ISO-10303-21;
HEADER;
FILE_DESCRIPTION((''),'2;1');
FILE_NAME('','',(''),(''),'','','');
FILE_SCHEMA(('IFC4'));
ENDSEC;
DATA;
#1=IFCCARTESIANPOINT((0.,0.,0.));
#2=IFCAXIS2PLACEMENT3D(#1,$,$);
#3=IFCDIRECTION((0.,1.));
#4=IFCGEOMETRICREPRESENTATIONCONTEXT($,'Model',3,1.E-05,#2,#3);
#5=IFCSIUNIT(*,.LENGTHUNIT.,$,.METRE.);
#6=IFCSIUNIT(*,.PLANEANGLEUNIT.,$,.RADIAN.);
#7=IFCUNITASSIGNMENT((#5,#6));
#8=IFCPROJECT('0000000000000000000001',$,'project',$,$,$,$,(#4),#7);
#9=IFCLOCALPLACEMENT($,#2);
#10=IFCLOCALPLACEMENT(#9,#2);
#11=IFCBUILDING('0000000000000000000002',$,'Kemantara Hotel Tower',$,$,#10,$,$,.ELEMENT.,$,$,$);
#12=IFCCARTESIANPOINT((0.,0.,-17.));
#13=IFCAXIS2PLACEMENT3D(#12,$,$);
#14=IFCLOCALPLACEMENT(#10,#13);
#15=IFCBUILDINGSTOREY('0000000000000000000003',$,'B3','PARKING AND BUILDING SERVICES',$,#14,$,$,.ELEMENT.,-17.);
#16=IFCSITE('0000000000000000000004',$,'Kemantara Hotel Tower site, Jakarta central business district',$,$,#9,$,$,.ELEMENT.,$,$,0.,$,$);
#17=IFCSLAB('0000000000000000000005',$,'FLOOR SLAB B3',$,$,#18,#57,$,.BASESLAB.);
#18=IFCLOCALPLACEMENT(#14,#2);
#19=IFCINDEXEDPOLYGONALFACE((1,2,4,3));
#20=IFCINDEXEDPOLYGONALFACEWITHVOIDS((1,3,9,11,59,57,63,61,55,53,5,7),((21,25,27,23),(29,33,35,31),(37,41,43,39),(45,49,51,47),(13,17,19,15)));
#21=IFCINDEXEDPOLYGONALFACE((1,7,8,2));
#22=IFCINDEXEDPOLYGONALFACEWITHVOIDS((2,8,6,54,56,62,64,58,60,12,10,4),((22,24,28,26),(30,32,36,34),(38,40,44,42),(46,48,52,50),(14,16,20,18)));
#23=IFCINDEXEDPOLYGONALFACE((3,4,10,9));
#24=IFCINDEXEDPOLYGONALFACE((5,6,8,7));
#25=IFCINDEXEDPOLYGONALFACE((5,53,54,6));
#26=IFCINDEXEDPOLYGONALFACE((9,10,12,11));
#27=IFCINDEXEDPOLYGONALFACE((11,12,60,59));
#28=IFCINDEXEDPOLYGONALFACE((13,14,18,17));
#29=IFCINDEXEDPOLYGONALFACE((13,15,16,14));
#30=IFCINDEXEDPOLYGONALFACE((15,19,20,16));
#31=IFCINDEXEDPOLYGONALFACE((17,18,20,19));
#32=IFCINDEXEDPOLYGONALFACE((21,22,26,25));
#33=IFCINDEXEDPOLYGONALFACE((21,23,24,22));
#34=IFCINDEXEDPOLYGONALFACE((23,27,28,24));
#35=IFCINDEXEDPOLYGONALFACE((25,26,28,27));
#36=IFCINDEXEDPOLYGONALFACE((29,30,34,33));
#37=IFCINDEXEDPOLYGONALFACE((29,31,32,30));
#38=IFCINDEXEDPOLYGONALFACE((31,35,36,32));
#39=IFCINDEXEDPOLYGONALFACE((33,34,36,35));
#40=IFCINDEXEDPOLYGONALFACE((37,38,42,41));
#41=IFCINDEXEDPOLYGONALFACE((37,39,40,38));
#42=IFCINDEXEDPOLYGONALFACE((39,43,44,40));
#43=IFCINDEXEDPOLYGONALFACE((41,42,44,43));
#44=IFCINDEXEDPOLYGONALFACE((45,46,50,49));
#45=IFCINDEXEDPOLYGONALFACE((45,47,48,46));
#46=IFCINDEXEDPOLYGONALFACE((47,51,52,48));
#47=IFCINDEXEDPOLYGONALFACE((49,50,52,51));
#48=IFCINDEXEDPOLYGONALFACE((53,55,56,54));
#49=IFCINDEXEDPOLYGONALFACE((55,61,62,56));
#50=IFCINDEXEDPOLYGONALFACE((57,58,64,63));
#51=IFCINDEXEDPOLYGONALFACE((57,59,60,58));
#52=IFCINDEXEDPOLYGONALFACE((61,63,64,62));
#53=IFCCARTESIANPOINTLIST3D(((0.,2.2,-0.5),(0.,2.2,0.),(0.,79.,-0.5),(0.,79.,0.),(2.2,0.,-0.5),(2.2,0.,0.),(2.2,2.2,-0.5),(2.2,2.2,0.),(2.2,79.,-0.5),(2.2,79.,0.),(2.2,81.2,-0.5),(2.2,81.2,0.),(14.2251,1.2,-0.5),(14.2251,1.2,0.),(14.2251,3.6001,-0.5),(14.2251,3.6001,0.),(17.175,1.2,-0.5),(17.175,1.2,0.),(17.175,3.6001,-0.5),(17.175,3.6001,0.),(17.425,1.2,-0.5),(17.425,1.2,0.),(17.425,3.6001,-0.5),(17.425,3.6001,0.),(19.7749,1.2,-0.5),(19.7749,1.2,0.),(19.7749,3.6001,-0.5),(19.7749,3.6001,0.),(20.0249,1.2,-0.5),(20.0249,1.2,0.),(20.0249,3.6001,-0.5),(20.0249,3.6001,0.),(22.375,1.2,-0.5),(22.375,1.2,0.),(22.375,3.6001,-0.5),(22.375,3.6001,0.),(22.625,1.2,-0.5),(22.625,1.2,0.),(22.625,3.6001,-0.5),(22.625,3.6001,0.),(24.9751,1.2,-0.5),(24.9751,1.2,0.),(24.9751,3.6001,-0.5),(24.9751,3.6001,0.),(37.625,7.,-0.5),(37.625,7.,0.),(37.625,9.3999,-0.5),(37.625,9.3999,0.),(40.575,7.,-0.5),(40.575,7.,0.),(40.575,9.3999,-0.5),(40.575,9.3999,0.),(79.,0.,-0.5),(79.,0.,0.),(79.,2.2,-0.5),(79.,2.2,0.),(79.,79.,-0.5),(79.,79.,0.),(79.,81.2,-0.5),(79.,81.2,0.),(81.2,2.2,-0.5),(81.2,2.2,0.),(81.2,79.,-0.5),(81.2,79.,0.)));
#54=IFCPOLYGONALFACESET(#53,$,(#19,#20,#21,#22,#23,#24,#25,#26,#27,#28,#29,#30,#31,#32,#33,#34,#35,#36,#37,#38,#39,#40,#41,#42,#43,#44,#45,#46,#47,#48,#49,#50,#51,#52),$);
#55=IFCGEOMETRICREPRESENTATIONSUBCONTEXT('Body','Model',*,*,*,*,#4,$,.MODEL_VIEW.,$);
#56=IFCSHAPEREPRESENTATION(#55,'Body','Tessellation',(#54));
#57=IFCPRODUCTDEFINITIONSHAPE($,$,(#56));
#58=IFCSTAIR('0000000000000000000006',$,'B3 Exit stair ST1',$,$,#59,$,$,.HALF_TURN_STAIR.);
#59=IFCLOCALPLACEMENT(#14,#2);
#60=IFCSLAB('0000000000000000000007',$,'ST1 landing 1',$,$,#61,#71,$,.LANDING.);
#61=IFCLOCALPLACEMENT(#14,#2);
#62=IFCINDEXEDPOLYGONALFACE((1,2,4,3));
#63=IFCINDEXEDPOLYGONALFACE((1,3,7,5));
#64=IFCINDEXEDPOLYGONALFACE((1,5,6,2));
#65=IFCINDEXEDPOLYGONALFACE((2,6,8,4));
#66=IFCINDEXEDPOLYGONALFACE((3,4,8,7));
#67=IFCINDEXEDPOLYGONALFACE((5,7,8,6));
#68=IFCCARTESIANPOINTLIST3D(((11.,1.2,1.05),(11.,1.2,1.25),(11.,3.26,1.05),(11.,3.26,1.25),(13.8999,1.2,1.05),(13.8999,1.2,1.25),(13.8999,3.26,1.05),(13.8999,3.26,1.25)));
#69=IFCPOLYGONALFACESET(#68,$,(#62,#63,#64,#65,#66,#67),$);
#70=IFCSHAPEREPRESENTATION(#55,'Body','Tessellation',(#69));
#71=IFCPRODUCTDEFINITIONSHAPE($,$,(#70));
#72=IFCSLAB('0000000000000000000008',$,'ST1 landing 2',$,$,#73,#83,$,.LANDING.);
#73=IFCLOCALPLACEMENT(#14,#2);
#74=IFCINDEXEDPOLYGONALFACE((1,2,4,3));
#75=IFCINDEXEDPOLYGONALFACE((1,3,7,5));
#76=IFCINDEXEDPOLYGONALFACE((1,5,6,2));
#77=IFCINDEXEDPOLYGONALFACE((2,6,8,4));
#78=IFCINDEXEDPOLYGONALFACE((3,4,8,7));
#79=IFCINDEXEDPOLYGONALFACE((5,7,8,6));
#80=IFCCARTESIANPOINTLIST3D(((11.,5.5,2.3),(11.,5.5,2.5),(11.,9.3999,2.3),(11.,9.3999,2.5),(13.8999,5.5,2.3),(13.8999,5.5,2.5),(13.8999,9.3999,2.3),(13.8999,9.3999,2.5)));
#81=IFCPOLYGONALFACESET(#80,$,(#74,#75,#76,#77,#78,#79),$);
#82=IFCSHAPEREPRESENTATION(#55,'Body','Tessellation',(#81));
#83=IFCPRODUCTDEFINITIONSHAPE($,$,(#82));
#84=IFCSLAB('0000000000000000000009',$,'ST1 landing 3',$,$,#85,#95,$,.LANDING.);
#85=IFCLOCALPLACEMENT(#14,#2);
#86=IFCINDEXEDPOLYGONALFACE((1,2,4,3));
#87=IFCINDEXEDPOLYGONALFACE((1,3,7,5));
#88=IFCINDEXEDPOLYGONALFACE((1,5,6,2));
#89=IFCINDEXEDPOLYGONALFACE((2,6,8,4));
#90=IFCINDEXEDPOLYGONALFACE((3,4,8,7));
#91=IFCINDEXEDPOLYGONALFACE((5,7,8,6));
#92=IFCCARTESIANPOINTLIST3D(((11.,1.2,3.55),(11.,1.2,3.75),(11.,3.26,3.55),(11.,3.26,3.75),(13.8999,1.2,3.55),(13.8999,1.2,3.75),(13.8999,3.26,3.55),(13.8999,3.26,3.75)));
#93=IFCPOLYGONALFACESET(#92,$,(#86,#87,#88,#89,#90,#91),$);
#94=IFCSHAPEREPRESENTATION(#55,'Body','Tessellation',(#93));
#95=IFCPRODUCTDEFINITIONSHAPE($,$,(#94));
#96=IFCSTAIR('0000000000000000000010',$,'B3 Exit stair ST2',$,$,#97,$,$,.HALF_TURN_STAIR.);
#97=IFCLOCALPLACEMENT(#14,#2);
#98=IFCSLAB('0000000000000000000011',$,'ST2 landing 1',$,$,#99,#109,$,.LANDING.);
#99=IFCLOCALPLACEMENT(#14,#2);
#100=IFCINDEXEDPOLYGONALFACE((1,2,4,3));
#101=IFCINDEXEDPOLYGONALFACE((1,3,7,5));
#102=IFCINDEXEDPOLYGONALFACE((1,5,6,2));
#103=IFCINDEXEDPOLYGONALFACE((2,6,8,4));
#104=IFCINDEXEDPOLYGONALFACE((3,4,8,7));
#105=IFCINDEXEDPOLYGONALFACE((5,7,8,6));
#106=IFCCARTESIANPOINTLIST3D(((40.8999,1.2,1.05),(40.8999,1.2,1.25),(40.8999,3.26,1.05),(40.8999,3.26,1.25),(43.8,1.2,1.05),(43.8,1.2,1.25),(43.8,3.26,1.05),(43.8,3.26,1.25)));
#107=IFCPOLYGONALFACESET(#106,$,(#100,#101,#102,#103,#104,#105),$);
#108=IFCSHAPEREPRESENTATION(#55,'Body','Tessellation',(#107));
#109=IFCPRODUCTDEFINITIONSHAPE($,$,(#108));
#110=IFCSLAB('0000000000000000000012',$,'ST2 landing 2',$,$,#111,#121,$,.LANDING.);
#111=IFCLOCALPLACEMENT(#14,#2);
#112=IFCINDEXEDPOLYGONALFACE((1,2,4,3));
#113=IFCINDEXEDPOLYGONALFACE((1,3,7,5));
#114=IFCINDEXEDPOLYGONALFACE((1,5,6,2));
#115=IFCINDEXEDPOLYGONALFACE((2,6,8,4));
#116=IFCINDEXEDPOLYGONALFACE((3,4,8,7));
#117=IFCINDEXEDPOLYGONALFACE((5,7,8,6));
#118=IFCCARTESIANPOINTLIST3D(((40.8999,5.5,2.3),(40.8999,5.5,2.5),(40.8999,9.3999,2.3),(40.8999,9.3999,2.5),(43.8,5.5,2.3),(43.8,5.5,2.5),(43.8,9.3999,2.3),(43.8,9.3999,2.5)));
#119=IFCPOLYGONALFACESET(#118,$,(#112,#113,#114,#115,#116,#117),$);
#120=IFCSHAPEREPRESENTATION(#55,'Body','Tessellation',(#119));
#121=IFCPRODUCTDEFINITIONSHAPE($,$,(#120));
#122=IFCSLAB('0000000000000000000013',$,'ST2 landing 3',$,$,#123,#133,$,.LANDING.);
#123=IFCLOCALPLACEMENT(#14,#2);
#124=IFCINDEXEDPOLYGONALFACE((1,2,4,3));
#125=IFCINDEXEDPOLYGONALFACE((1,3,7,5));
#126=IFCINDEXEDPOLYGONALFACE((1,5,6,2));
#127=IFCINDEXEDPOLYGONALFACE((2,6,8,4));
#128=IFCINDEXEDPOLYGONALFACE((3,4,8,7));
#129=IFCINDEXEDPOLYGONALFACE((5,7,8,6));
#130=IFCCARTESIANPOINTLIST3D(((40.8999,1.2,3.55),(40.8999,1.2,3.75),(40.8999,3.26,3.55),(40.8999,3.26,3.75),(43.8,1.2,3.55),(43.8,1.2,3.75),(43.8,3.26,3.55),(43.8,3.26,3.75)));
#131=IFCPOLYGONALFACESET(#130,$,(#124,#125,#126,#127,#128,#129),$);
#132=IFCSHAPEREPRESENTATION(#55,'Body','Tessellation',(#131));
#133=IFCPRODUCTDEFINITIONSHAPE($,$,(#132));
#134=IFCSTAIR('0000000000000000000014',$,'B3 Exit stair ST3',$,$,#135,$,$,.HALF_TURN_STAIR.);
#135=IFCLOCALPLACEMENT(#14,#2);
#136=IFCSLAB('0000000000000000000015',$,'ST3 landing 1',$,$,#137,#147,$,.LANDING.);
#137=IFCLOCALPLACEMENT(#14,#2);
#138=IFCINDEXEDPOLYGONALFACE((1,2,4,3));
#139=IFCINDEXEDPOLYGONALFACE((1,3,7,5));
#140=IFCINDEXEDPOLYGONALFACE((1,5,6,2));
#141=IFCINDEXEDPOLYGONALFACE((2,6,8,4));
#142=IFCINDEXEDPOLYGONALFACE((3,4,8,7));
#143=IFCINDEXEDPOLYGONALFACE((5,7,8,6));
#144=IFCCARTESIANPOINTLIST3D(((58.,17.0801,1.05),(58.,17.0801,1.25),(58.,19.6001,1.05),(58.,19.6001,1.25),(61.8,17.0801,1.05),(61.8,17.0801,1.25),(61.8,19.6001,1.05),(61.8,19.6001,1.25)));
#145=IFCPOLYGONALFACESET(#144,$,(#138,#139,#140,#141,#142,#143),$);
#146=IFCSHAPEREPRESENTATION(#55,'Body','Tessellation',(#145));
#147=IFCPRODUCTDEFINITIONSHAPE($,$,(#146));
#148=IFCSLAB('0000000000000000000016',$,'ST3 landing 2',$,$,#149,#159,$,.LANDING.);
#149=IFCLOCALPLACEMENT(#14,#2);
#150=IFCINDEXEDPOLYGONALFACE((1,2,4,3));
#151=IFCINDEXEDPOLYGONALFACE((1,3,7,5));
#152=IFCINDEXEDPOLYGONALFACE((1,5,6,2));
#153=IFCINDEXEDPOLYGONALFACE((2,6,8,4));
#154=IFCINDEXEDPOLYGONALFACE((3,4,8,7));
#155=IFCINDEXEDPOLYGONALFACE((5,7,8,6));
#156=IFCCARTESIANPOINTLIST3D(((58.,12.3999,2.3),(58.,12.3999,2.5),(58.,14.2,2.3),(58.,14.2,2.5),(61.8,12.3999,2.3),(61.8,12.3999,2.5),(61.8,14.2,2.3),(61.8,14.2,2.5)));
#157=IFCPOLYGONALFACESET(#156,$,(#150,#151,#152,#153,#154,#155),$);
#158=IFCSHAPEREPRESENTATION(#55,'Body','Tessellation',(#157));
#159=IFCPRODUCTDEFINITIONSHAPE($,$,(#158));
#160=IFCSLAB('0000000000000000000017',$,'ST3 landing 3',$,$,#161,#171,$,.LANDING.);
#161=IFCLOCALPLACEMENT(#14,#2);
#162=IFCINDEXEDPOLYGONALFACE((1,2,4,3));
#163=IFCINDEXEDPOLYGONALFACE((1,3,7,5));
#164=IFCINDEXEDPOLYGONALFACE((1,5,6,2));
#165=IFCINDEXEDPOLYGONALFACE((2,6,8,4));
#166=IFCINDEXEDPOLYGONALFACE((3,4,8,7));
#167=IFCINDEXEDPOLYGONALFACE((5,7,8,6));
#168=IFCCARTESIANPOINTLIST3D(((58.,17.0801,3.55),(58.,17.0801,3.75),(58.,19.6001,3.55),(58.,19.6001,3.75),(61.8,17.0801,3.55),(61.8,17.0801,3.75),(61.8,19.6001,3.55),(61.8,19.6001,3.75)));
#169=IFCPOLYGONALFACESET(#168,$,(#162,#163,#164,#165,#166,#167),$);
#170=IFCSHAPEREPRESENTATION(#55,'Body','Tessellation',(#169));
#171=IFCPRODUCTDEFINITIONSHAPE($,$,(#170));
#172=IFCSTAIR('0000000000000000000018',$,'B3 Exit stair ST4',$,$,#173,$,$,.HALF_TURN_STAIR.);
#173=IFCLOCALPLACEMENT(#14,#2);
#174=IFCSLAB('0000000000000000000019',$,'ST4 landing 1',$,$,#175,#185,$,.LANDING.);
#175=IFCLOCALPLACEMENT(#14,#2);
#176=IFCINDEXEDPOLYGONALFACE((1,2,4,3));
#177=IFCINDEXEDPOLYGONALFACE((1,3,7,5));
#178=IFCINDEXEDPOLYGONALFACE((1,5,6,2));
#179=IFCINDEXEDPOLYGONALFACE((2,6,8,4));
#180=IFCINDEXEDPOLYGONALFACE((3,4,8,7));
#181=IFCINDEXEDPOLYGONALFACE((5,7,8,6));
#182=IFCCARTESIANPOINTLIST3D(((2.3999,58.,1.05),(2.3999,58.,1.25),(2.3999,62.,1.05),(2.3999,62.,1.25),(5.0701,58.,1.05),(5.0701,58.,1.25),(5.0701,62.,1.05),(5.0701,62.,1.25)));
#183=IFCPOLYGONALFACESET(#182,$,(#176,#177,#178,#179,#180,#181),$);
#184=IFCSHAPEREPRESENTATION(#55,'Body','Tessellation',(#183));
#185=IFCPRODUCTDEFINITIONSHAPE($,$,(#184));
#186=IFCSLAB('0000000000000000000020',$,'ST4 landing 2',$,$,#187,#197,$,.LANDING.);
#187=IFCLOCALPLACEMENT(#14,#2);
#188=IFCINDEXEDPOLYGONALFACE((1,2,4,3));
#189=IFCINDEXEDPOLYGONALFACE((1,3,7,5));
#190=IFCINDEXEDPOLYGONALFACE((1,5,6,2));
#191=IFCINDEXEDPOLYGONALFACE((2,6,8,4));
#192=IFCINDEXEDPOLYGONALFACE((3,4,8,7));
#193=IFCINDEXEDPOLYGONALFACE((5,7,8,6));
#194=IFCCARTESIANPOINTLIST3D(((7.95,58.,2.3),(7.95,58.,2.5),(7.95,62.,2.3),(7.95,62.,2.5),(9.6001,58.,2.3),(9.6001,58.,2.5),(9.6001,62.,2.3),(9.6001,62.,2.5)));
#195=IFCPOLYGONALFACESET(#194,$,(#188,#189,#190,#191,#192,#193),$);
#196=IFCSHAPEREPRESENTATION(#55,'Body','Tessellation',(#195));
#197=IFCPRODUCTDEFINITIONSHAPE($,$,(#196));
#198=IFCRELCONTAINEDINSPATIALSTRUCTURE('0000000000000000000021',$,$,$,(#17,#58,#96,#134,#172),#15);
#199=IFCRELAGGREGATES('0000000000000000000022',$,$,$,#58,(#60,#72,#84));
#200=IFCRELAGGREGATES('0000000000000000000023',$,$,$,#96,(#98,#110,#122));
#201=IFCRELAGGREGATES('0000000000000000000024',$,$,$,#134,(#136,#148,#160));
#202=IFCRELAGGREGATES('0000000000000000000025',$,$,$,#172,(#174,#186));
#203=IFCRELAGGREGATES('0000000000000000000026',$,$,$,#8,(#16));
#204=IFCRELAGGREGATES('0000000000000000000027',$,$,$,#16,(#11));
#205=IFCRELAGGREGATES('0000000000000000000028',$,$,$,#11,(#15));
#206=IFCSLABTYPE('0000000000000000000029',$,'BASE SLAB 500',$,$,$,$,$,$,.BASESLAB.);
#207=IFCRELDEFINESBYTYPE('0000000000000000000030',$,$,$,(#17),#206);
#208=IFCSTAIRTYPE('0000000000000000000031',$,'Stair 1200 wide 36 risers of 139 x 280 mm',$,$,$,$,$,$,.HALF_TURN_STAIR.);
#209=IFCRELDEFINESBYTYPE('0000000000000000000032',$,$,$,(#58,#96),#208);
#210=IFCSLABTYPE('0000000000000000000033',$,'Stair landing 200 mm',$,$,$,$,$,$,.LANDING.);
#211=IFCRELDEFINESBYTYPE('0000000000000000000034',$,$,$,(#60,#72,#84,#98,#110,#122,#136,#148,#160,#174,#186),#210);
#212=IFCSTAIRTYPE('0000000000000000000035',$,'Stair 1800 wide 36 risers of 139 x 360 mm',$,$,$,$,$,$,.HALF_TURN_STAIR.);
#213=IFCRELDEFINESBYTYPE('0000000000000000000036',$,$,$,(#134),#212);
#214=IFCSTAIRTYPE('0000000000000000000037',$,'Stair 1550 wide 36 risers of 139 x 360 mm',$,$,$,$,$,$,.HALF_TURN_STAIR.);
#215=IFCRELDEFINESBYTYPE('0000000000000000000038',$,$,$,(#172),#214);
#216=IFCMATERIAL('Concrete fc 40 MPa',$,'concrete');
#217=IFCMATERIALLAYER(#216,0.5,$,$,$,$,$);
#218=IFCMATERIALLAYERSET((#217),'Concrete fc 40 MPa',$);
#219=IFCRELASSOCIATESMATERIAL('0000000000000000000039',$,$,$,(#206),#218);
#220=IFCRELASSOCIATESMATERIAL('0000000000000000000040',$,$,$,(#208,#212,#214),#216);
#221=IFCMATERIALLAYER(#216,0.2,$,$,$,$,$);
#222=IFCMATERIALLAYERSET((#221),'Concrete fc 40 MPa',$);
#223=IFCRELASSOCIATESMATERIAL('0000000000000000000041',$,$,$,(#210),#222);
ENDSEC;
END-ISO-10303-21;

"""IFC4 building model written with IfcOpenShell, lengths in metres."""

from ifc_helpers import new_model, si_unit, direction, frame, origin, place, context, subcontext, project, spatial, polyline, outline, extrude, material, layer, layer_set, type_object, element, aggregate, save


model = new_model("IFC4")

# Units and contexts
model_context = context("Model", 3, precision=1e-05, world=origin(), true_north=direction((0.0, 1.0)))
body_context = subcontext(model_context, "Body", "Model", "MODEL_VIEW")
ifc_project = project(units=[si_unit("LENGTHUNIT", "METRE"), si_unit("PLANEANGLEUNIT", "RADIAN")], contexts=[model_context])

# Site, building, storey
site_placement = place(None, origin())
site = spatial("IfcSite", under=ifc_project, at=site_placement, Name="Kemantara Hotel Tower site, Jakarta central business district", CompositionType="ELEMENT", RefElevation=0.0)
building_placement = place(site_placement, origin())
building = spatial("IfcBuilding", under=site, at=building_placement, Name="Kemantara Hotel Tower", CompositionType="ELEMENT")
storey_placement = place(building_placement, frame((0.0, 0.0, -17.0)))
storey = spatial("IfcBuildingStorey", under=building, at=storey_placement, Name="B3", Description="PARKING AND BUILDING SERVICES", CompositionType="ELEMENT", Elevation=-17.0)

# Shared definitions
ifc_material_1 = material(Name="Concrete fc 40 MPa", Category="concrete")

# Slab
ifc_layer_1 = layer(ifc_material_1, 0.5)
ifc_layer_set_1 = layer_set([ifc_layer_1], Name="Concrete fc 40 MPa")
slab_type_1 = type_object("IfcSlabType", Name="BASE SLAB 500", PredefinedType="BASESLAB", material=ifc_layer_set_1)
slab_1_placement = place(storey_placement, frame((0.0, 0.0, -0.5)))
element("IfcSlab", 1, at=slab_1_placement, inside=storey, type_object=slab_type_1, Name="FLOOR SLAB B3", PredefinedType="BASESLAB", context=body_context, shape_type="SweptSolid", body=[
    extrude(outline(polyline([(81.2, 2.2), (81.2, 79.0), (79.0, 79.0), (79.0, 81.2), (2.2, 81.2), (2.2, 79.0), (0.0, 79.0), (0.0, 2.2), (2.2, 2.2), (2.2, 0.0), (79.0, 0.0), (79.0, 2.2), (81.2, 2.2)]), holes=[polyline([(14.2251, 3.6001), (17.175, 3.6001), (17.175, 1.2), (14.2251, 1.2), (14.2251, 3.6001)]), polyline([(17.425, 3.6001), (19.7749, 3.6001), (19.7749, 1.2), (17.425, 1.2), (17.425, 3.6001)]), polyline([(20.0249, 3.6001), (22.375, 3.6001), (22.375, 1.2), (20.0249, 1.2), (20.0249, 3.6001)]), polyline([(24.9751, 3.6001), (24.9751, 1.2), (22.625, 1.2), (22.625, 3.6001), (24.9751, 3.6001)]), polyline([(40.575, 9.3999), (40.575, 7.0), (37.625, 7.0), (37.625, 9.3999), (40.575, 9.3999)])]), origin(), (0.0, 0.0, 1.0), 0.5),
])

# Stairs, slabs
stair_type_1 = type_object("IfcStairType", Name="Stair 1200 wide 36 risers of 139 x 280 mm", PredefinedType="HALF_TURN_STAIR", material=ifc_material_1)
stair_1_placement = place(storey_placement, origin())
stair_1 = element("IfcStair", 2, at=stair_1_placement, inside=storey, type_object=stair_type_1, Name="B3 Exit stair ST1", PredefinedType="HALF_TURN_STAIR")
ifc_layer_2 = layer(ifc_material_1, 0.2)
ifc_layer_set_2 = layer_set([ifc_layer_2], Name="Concrete fc 40 MPa")
slab_type_2 = type_object("IfcSlabType", Name="Stair landing 200 mm", PredefinedType="LANDING", material=ifc_layer_set_2)
slab_2_placement = place(storey_placement, frame((0.0, 0.0, 1.05)))
slab_2 = element("IfcSlab", 3, at=slab_2_placement, type_object=slab_type_2, Name="ST1 landing 1", PredefinedType="LANDING", context=body_context, shape_type="SweptSolid", body=[
    extrude(outline(polyline([(11.0, 3.26), (11.0, 1.2), (13.8999, 1.2), (13.8999, 3.26), (11.0, 3.26)])), origin(), (0.0, 0.0, 1.0), 0.2),
])
slab_3_placement = place(storey_placement, frame((0.0, 0.0, 2.3)))
slab_3 = element("IfcSlab", 4, at=slab_3_placement, type_object=slab_type_2, Name="ST1 landing 2", PredefinedType="LANDING", context=body_context, shape_type="SweptSolid", body=[
    extrude(outline(polyline([(11.0, 9.3999), (11.0, 5.5), (13.8999, 5.5), (13.8999, 9.3999), (11.0, 9.3999)])), origin(), (0.0, 0.0, 1.0), 0.2),
])
slab_4_placement = place(storey_placement, frame((0.0, 0.0, 3.55)))
slab_4 = element("IfcSlab", 5, at=slab_4_placement, type_object=slab_type_2, Name="ST1 landing 3", PredefinedType="LANDING", context=body_context, shape_type="SweptSolid", body=[
    extrude(outline(polyline([(11.0, 3.26), (11.0, 1.2), (13.8999, 1.2), (13.8999, 3.26), (11.0, 3.26)])), origin(), (0.0, 0.0, 1.0), 0.2),
])
aggregate(stair_1, [slab_2, slab_3, slab_4])
stair_2_placement = place(storey_placement, origin())
stair_2 = element("IfcStair", 6, at=stair_2_placement, inside=storey, type_object=stair_type_1, Name="B3 Exit stair ST2", PredefinedType="HALF_TURN_STAIR")
slab_5_placement = place(storey_placement, frame((0.0, 0.0, 1.05)))
slab_5 = element("IfcSlab", 7, at=slab_5_placement, type_object=slab_type_2, Name="ST2 landing 1", PredefinedType="LANDING", context=body_context, shape_type="SweptSolid", body=[
    extrude(outline(polyline([(40.8999, 3.26), (40.8999, 1.2), (43.8, 1.2), (43.8, 3.26), (40.8999, 3.26)])), origin(), (0.0, 0.0, 1.0), 0.2),
])
slab_6_placement = place(storey_placement, frame((0.0, 0.0, 2.3)))
slab_6 = element("IfcSlab", 8, at=slab_6_placement, type_object=slab_type_2, Name="ST2 landing 2", PredefinedType="LANDING", context=body_context, shape_type="SweptSolid", body=[
    extrude(outline(polyline([(40.8999, 9.3999), (40.8999, 5.5), (43.8, 5.5), (43.8, 9.3999), (40.8999, 9.3999)])), origin(), (0.0, 0.0, 1.0), 0.2),
])
slab_7_placement = place(storey_placement, frame((0.0, 0.0, 3.55)))
slab_7 = element("IfcSlab", 9, at=slab_7_placement, type_object=slab_type_2, Name="ST2 landing 3", PredefinedType="LANDING", context=body_context, shape_type="SweptSolid", body=[
    extrude(outline(polyline([(40.8999, 3.26), (40.8999, 1.2), (43.8, 1.2), (43.8, 3.26), (40.8999, 3.26)])), origin(), (0.0, 0.0, 1.0), 0.2),
])
aggregate(stair_2, [slab_5, slab_6, slab_7])
stair_type_2 = type_object("IfcStairType", Name="Stair 1800 wide 36 risers of 139 x 360 mm", PredefinedType="HALF_TURN_STAIR", material=ifc_material_1)
stair_3_placement = place(storey_placement, origin())
stair_3 = element("IfcStair", 10, at=stair_3_placement, inside=storey, type_object=stair_type_2, Name="B3 Exit stair ST3", PredefinedType="HALF_TURN_STAIR")
slab_8_placement = place(storey_placement, frame((0.0, 0.0, 1.05)))
slab_8 = element("IfcSlab", 11, at=slab_8_placement, type_object=slab_type_2, Name="ST3 landing 1", PredefinedType="LANDING", context=body_context, shape_type="SweptSolid", body=[
    extrude(outline(polyline([(61.8, 17.0801), (61.8, 19.6001), (58.0, 19.6001), (58.0, 17.0801), (61.8, 17.0801)])), origin(), (0.0, 0.0, 1.0), 0.2),
])
slab_9_placement = place(storey_placement, frame((0.0, 0.0, 2.3)))
slab_9 = element("IfcSlab", 12, at=slab_9_placement, type_object=slab_type_2, Name="ST3 landing 2", PredefinedType="LANDING", context=body_context, shape_type="SweptSolid", body=[
    extrude(outline(polyline([(61.8, 12.3999), (61.8, 14.2), (58.0, 14.2), (58.0, 12.3999), (61.8, 12.3999)])), origin(), (0.0, 0.0, 1.0), 0.2),
])
slab_10_placement = place(storey_placement, frame((0.0, 0.0, 3.55)))
slab_10 = element("IfcSlab", 13, at=slab_10_placement, type_object=slab_type_2, Name="ST3 landing 3", PredefinedType="LANDING", context=body_context, shape_type="SweptSolid", body=[
    extrude(outline(polyline([(61.8, 17.0801), (61.8, 19.6001), (58.0, 19.6001), (58.0, 17.0801), (61.8, 17.0801)])), origin(), (0.0, 0.0, 1.0), 0.2),
])
aggregate(stair_3, [slab_8, slab_9, slab_10])
stair_type_3 = type_object("IfcStairType", Name="Stair 1550 wide 36 risers of 139 x 360 mm", PredefinedType="HALF_TURN_STAIR", material=ifc_material_1)
stair_4_placement = place(storey_placement, origin())
stair_4 = element("IfcStair", 14, at=stair_4_placement, inside=storey, type_object=stair_type_3, Name="B3 Exit stair ST4", PredefinedType="HALF_TURN_STAIR")
slab_11_placement = place(storey_placement, frame((0.0, 0.0, 1.05)))
slab_11 = element("IfcSlab", 15, at=slab_11_placement, type_object=slab_type_2, Name="ST4 landing 1", PredefinedType="LANDING", context=body_context, shape_type="SweptSolid", body=[
    extrude(outline(polyline([(5.0701, 62.0), (2.3999, 62.0), (2.3999, 58.0), (5.0701, 58.0), (5.0701, 62.0)])), origin(), (0.0, 0.0, 1.0), 0.2),
])
slab_12_placement = place(storey_placement, frame((0.0, 0.0, 2.3)))
slab_12 = element("IfcSlab", 16, at=slab_12_placement, type_object=slab_type_2, Name="ST4 landing 2", PredefinedType="LANDING", context=body_context, shape_type="SweptSolid", body=[
    extrude(outline(polyline([(9.6001, 62.0), (7.95, 62.0), (7.95, 58.0), (9.6001, 58.0), (9.6001, 62.0)])), origin(), (0.0, 0.0, 1.0), 0.2),
])
aggregate(stair_4, [slab_11, slab_12])

save(model, "model.ifc")
